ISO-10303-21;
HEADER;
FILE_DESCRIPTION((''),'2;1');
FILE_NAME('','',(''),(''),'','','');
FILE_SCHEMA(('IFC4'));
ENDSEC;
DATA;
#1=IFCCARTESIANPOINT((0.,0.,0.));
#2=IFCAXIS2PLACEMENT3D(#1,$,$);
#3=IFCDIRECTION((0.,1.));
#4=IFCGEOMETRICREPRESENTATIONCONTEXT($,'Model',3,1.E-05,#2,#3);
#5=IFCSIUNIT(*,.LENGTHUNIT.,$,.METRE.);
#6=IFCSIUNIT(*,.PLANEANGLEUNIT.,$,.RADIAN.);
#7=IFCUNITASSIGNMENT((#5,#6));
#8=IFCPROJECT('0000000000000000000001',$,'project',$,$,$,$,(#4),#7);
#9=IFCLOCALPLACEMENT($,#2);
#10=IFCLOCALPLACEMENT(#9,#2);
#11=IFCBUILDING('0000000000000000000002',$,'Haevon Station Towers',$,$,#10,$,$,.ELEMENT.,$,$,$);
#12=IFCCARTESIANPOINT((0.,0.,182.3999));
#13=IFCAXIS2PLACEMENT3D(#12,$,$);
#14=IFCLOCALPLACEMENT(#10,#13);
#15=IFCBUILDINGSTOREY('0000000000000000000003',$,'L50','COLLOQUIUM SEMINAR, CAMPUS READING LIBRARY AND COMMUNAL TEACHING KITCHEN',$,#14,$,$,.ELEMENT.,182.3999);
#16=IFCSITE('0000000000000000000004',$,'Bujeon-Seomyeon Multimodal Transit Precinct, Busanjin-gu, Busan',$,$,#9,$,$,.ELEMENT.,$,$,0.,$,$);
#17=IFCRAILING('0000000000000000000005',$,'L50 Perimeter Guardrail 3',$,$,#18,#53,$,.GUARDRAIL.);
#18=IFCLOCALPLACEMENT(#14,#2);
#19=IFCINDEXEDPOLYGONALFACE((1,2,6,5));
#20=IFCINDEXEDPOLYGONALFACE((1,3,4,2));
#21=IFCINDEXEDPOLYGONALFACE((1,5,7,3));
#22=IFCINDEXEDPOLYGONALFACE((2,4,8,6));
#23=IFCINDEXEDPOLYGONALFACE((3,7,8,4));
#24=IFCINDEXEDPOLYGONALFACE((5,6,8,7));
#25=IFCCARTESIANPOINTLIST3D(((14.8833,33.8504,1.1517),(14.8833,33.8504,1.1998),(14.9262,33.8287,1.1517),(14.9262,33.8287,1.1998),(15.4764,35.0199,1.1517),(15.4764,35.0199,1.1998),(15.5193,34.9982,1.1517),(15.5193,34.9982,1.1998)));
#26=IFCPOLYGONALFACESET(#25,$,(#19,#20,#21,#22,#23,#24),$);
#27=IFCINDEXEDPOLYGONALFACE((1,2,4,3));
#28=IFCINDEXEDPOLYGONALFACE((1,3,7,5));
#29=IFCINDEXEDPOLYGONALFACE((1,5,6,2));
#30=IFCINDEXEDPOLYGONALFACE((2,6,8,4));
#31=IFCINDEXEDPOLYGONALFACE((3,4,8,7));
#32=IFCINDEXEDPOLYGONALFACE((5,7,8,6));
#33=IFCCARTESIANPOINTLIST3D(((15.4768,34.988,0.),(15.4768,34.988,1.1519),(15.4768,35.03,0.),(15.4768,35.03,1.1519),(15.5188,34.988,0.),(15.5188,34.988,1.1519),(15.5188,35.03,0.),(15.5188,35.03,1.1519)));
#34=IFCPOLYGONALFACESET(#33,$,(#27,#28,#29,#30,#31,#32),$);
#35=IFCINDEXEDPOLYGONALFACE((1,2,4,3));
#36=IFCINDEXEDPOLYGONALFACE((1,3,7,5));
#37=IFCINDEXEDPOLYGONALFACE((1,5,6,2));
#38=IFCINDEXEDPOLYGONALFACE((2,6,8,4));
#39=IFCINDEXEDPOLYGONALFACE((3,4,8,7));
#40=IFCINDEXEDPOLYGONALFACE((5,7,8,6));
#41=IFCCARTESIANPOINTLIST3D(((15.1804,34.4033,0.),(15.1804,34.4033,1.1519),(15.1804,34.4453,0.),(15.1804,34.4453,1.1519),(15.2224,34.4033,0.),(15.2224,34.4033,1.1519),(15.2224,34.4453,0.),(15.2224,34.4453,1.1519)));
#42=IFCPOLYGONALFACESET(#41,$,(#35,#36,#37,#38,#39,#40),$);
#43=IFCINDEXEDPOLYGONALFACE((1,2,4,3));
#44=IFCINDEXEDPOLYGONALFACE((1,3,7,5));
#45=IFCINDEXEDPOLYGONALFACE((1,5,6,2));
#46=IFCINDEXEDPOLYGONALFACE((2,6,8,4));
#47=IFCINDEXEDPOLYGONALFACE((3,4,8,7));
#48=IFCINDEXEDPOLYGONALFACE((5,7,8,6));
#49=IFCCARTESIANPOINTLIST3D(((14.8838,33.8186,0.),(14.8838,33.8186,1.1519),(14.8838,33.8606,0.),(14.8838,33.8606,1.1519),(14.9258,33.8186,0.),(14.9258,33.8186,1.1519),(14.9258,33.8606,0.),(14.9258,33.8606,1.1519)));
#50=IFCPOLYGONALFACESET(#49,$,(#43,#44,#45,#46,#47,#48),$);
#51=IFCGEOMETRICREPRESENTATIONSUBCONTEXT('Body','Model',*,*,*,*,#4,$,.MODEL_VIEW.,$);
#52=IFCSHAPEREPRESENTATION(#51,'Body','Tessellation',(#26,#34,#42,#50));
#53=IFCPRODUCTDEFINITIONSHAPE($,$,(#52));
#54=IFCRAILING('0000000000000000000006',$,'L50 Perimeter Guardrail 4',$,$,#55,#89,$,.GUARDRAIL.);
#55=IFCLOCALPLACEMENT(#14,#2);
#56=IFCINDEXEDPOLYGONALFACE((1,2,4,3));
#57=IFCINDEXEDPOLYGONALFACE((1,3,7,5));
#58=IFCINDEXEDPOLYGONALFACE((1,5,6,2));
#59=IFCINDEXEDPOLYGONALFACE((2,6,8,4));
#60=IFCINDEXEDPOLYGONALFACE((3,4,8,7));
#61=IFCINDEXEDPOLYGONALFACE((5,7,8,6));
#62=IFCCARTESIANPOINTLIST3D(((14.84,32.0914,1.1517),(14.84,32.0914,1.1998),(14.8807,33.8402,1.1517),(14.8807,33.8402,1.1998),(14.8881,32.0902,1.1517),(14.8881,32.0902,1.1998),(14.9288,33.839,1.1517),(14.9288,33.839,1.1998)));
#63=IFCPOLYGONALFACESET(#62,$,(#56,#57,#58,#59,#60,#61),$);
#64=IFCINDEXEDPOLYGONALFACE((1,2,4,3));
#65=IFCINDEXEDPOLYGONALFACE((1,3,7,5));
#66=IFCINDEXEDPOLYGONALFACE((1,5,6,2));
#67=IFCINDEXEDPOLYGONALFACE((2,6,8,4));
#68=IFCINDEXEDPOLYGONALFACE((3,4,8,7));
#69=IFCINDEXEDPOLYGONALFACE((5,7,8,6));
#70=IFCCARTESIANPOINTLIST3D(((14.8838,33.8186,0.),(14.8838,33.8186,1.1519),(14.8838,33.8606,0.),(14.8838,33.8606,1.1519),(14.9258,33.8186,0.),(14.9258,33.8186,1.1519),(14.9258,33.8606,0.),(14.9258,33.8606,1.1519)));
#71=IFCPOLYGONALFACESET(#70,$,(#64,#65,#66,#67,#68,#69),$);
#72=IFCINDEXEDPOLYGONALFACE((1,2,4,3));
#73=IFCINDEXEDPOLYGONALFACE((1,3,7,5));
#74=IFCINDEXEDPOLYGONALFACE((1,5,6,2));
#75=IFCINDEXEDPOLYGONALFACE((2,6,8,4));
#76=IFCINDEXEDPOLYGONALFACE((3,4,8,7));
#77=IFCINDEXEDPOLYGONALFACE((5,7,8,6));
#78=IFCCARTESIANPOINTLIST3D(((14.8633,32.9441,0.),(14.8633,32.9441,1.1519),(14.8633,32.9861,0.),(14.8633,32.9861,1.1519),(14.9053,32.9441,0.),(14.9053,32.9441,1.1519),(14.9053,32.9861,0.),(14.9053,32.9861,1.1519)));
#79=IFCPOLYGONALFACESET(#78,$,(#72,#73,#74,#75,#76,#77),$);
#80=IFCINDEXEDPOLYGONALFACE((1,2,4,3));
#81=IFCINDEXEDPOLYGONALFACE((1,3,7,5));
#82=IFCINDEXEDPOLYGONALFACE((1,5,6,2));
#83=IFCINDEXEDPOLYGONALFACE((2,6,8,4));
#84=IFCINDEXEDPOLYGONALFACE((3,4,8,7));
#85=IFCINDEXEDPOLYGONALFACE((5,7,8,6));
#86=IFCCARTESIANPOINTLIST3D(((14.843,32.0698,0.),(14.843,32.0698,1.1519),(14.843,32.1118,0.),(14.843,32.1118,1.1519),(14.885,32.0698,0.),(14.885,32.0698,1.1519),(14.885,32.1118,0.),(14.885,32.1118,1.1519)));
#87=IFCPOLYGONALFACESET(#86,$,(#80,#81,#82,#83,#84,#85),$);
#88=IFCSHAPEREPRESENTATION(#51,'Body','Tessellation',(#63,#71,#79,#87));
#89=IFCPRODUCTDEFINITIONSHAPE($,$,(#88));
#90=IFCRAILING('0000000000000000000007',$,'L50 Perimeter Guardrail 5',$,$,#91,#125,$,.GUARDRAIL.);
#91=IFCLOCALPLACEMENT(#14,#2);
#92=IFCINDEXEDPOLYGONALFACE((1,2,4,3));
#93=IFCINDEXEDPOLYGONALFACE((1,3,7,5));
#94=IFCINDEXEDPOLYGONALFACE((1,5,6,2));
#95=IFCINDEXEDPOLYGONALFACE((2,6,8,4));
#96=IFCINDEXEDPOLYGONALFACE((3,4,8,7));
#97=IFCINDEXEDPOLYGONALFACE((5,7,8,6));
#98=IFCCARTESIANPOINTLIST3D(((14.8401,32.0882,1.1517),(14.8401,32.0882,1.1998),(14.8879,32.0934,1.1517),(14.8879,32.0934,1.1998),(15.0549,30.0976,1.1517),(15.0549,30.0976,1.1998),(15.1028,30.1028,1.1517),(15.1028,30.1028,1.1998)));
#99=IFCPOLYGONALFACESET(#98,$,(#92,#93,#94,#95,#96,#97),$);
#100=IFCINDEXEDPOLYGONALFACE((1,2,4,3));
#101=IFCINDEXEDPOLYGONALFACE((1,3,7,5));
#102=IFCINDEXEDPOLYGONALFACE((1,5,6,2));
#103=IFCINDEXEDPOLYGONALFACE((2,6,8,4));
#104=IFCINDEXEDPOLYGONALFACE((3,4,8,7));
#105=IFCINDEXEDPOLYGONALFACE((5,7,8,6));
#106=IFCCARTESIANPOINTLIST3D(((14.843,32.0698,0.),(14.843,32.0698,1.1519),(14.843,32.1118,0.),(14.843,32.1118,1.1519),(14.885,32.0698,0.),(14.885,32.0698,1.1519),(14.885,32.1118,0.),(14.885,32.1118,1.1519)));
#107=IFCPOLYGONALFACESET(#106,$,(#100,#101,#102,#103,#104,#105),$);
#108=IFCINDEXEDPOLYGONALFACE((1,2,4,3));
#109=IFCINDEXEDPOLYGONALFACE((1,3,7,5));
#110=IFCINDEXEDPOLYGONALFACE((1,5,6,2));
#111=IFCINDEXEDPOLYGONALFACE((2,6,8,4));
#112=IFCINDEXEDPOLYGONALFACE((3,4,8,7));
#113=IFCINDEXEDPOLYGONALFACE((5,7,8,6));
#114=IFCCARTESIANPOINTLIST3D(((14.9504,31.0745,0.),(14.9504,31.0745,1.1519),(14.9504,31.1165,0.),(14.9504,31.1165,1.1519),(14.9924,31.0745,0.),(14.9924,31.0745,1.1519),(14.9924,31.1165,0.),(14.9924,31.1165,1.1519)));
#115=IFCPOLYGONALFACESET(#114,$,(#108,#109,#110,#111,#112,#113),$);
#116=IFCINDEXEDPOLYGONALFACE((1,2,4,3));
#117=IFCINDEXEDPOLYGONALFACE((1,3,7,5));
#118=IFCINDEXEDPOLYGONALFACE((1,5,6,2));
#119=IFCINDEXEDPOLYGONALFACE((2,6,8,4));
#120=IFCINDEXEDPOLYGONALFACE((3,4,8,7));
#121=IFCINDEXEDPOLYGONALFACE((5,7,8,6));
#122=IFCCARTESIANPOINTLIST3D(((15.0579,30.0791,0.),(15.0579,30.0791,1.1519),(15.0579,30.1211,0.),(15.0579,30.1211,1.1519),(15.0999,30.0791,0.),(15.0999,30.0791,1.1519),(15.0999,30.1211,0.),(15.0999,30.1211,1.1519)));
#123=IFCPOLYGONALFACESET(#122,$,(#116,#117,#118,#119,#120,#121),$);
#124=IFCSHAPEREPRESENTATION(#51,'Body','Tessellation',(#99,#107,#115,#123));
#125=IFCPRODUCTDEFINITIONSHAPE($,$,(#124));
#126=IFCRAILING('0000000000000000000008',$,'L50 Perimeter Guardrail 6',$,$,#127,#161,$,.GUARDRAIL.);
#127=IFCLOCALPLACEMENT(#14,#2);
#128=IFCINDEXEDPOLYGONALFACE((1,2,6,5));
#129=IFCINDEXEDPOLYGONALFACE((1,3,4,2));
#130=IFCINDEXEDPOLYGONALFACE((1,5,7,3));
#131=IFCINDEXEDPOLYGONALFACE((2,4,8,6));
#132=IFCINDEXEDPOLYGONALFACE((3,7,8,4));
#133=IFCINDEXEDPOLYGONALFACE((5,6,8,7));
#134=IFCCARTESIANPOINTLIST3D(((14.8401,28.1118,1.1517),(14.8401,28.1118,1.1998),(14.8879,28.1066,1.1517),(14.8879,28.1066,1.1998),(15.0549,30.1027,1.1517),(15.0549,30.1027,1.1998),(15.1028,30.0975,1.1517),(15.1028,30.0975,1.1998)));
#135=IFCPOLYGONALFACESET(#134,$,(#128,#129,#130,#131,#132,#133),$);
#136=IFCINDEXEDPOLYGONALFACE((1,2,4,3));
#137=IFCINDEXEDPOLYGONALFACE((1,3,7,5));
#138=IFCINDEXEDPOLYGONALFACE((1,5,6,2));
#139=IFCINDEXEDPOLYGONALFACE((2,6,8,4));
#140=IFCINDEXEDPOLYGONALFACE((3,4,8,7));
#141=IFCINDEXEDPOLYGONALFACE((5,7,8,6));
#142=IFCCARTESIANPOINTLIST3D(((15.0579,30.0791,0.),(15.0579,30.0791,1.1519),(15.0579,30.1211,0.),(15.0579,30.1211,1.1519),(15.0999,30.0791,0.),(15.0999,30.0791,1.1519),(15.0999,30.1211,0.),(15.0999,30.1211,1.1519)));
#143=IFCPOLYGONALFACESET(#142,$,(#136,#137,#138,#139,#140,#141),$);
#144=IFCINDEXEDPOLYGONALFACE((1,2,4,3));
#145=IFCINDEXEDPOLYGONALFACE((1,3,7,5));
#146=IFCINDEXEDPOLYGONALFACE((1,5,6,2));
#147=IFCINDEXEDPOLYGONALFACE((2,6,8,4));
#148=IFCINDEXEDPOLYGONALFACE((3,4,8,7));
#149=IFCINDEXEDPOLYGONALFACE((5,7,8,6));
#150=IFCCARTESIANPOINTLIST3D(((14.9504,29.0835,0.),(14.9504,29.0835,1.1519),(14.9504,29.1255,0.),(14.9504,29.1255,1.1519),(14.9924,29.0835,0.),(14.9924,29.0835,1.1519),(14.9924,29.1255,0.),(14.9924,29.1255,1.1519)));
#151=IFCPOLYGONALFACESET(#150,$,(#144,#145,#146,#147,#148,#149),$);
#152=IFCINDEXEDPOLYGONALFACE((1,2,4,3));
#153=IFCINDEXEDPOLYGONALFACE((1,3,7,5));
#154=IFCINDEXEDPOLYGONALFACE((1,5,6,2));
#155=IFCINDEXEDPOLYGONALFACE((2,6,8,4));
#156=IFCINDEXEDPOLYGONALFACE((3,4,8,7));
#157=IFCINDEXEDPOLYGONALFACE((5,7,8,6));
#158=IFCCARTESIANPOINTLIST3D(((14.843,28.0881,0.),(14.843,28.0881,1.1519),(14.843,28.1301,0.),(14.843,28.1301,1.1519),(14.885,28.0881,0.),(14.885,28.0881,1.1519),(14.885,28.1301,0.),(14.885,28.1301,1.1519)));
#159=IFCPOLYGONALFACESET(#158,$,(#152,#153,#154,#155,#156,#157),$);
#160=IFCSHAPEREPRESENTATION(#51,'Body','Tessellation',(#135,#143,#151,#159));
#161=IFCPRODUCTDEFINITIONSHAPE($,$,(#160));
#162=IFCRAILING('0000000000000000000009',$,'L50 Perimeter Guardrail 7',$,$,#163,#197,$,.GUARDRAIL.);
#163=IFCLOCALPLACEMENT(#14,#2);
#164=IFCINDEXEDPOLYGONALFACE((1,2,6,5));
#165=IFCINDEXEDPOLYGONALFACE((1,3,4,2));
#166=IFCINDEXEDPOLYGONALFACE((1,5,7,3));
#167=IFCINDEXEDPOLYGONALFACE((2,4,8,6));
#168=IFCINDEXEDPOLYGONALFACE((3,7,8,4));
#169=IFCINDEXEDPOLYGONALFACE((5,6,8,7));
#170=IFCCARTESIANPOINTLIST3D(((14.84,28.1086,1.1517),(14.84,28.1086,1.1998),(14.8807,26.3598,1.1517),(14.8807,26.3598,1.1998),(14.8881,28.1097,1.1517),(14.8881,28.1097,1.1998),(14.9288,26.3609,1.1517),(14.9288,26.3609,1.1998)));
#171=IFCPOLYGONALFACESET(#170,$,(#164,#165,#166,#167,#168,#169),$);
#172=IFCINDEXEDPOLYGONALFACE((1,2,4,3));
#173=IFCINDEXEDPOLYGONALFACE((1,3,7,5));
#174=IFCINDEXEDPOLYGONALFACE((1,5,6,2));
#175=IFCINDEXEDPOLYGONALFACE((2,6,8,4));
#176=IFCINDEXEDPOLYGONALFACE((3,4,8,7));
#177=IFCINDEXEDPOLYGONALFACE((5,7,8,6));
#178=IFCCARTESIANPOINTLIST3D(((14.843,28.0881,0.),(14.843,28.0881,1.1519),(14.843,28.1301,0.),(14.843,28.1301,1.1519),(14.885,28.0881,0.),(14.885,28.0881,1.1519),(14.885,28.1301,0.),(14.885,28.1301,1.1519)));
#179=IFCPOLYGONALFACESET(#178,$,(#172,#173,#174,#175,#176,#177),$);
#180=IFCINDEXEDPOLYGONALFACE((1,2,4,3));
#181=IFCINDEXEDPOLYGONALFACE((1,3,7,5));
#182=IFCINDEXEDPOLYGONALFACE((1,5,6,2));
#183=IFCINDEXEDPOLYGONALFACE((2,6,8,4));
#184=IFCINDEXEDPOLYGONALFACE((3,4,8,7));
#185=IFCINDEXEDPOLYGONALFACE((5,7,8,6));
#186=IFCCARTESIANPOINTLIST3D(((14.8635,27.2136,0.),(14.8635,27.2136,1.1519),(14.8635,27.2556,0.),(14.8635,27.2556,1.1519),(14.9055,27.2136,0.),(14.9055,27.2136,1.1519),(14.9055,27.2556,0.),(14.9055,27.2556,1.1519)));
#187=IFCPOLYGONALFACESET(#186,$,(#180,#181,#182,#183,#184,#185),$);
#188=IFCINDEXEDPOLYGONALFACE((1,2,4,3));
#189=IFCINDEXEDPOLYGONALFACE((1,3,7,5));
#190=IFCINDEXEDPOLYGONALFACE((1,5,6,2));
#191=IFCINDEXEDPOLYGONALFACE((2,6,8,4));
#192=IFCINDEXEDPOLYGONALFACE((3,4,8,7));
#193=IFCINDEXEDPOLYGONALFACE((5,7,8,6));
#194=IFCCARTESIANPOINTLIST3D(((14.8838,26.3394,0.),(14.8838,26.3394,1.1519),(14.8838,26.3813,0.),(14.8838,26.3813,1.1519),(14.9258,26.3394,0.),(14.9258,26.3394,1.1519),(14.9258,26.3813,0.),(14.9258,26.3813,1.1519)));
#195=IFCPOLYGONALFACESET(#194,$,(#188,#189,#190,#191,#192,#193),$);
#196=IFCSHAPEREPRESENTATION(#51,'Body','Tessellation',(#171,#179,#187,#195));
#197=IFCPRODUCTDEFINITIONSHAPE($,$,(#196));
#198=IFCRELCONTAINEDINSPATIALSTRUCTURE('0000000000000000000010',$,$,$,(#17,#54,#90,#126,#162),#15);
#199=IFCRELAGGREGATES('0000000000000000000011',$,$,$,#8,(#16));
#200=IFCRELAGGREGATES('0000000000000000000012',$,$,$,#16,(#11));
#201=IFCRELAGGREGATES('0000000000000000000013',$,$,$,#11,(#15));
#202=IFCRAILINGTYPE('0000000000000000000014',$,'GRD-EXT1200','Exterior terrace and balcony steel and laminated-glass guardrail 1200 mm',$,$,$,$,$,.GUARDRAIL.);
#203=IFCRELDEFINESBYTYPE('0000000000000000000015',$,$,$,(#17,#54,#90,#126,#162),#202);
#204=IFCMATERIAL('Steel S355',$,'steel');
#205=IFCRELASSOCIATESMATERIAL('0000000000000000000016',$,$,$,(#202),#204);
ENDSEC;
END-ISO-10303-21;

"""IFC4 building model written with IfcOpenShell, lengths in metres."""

from ifc_helpers import new_model, si_unit, direction, frame, origin, origin_2d, place, context, subcontext, project, spatial, rectangle, extrude, material, type_object, element, save


model = new_model("IFC4")

# Units and contexts
model_context = context("Model", 3, precision=1e-05, world=origin(), true_north=direction((0.0, 1.0)))
body_context = subcontext(model_context, "Body", "Model", "MODEL_VIEW")
ifc_project = project(units=[si_unit("LENGTHUNIT", "METRE"), si_unit("PLANEANGLEUNIT", "RADIAN")], contexts=[model_context])

# Site, building, storey
site_placement = place(None, origin())
site = spatial("IfcSite", under=ifc_project, at=site_placement, Name="Bujeon-Seomyeon Multimodal Transit Precinct, Busanjin-gu, Busan", CompositionType="ELEMENT", RefElevation=0.0)
building_placement = place(site_placement, origin())
building = spatial("IfcBuilding", under=site, at=building_placement, Name="Haevon Station Towers", CompositionType="ELEMENT")
storey_placement = place(building_placement, frame((0.0, 0.0, 182.3999)))
storey = spatial("IfcBuildingStorey", under=building, at=storey_placement, Name="L50", Description="COLLOQUIUM SEMINAR, CAMPUS READING LIBRARY AND COMMUNAL TEACHING KITCHEN", CompositionType="ELEMENT", Elevation=182.3999)

# Shared definitions
ifc_material_1 = material(Name="Steel S355", Category="steel")

# Railings
railing_type = type_object("IfcRailingType", Name="GRD-EXT1200", Description="Exterior terrace and balcony steel and laminated-glass guardrail 1200 mm", PredefinedType="GUARDRAIL", material=ifc_material_1)
railing_1_placement = place(storey_placement, frame((15.4978, 35.009, 0.0)))
element("IfcRailing", 1, at=railing_1_placement, inside=storey, type_object=railing_type, Name="L50 Perimeter Guardrail 3", PredefinedType="GUARDRAIL", context=body_context, shape_type="SweptSolid", body=[
    extrude(rectangle(XDim=0.0481, YDim=0.0481, at=origin_2d()), frame((0.0, 0.0, 1.1758), z_axis=(-0.452271, -0.891881, 0.0), x_axis=(0.891881, -0.452271, 0.0)), (0.0, 0.0, 1.0), 1.3113),
    extrude(rectangle(XDim=0.042, YDim=0.042, at=origin_2d()), origin(), (0.0, 0.0, 1.0), 1.1519),
    extrude(rectangle(XDim=0.042, YDim=0.042, at=origin_2d()), frame((-0.2964, -0.5847, 0.0)), (0.0, 0.0, 1.0), 1.1519),
    extrude(rectangle(XDim=0.042, YDim=0.042, at=origin_2d()), frame((-0.593, -1.1694, 0.0)), (0.0, 0.0, 1.0), 1.1519),
])
railing_2_placement = place(storey_placement, frame((14.9048, 33.8396, 0.0)))
element("IfcRailing", 2, at=railing_2_placement, inside=storey, type_object=railing_type, Name="L50 Perimeter Guardrail 4", PredefinedType="GUARDRAIL", context=body_context, shape_type="SweptSolid", body=[
    extrude(rectangle(XDim=0.0481, YDim=0.0481, at=origin_2d()), frame((0.0, 0.0, 1.1758), z_axis=(-0.023308, -0.999728, 0.0), x_axis=(0.999728, -0.023308, 0.0)), (0.0, 0.0, 1.0), 1.7493),
    extrude(rectangle(XDim=0.042, YDim=0.042, at=origin_2d()), origin(), (0.0, 0.0, 1.0), 1.1519),
    extrude(rectangle(XDim=0.042, YDim=0.042, at=origin_2d()), frame((-0.0205, -0.8745, 0.0)), (0.0, 0.0, 1.0), 1.1519),
    extrude(rectangle(XDim=0.042, YDim=0.042, at=origin_2d()), frame((-0.0408, -1.7488, 0.0)), (0.0, 0.0, 1.0), 1.1519),
])
railing_3_placement = place(storey_placement, frame((14.864, 32.0908, 0.0)))
element("IfcRailing", 3, at=railing_3_placement, inside=storey, type_object=railing_type, Name="L50 Perimeter Guardrail 5", PredefinedType="GUARDRAIL", context=body_context, shape_type="SweptSolid", body=[
    extrude(rectangle(XDim=0.0481, YDim=0.0481, at=origin_2d()), frame((0.0, 0.0, 1.1758), z_axis=(0.107299, -0.994227, 0.0), x_axis=(0.994227, 0.107299, 0.0)), (0.0, 0.0, 1.0), 2.0022),
    extrude(rectangle(XDim=0.042, YDim=0.042, at=origin_2d()), origin(), (0.0, 0.0, 1.0), 1.1519),
    extrude(rectangle(XDim=0.042, YDim=0.042, at=origin_2d()), frame((0.1074, -0.9954, 0.0)), (0.0, 0.0, 1.0), 1.1519),
    extrude(rectangle(XDim=0.042, YDim=0.042, at=origin_2d()), frame((0.2148, -1.9907, 0.0)), (0.0, 0.0, 1.0), 1.1519),
])
railing_4_placement = place(storey_placement, frame((15.0789, 30.1001, 0.0)))
element("IfcRailing", 4, at=railing_4_placement, inside=storey, type_object=railing_type, Name="L50 Perimeter Guardrail 6", PredefinedType="GUARDRAIL", context=body_context, shape_type="SweptSolid", body=[
    extrude(rectangle(XDim=0.0481, YDim=0.0481, at=origin_2d()), frame((0.0, 0.0, 1.1758), z_axis=(-0.107286, -0.994228, 0.0), x_axis=(0.994228, -0.107286, 0.0)), (0.0, 0.0, 1.0), 2.0024),
    extrude(rectangle(XDim=0.042, YDim=0.042, at=origin_2d()), origin(), (0.0, 0.0, 1.0), 1.1519),
    extrude(rectangle(XDim=0.042, YDim=0.042, at=origin_2d()), frame((-0.1074, -0.9956, 0.0)), (0.0, 0.0, 1.0), 1.1519),
    extrude(rectangle(XDim=0.042, YDim=0.042, at=origin_2d()), frame((-0.2148, -1.991, 0.0)), (0.0, 0.0, 1.0), 1.1519),
])
railing_5_placement = place(storey_placement, frame((14.864, 28.1091, 0.0)))
element("IfcRailing", 5, at=railing_5_placement, inside=storey, type_object=railing_type, Name="L50 Perimeter Guardrail 7", PredefinedType="GUARDRAIL", context=body_context, shape_type="SweptSolid", body=[
    extrude(rectangle(XDim=0.0481, YDim=0.0481, at=origin_2d()), frame((0.0, 0.0, 1.1758), z_axis=(0.023308, -0.999728, 0.0), x_axis=(0.999728, 0.023308, 0.0)), (0.0, 0.0, 1.0), 1.7493),
    extrude(rectangle(XDim=0.042, YDim=0.042, at=origin_2d()), origin(), (0.0, 0.0, 1.0), 1.1519),
    extrude(rectangle(XDim=0.042, YDim=0.042, at=origin_2d()), frame((0.0205, -0.8745, 0.0)), (0.0, 0.0, 1.0), 1.1519),
    extrude(rectangle(XDim=0.042, YDim=0.042, at=origin_2d()), frame((0.0408, -1.7488, 0.0)), (0.0, 0.0, 1.0), 1.1519),
])

save(model, "model.ifc")
